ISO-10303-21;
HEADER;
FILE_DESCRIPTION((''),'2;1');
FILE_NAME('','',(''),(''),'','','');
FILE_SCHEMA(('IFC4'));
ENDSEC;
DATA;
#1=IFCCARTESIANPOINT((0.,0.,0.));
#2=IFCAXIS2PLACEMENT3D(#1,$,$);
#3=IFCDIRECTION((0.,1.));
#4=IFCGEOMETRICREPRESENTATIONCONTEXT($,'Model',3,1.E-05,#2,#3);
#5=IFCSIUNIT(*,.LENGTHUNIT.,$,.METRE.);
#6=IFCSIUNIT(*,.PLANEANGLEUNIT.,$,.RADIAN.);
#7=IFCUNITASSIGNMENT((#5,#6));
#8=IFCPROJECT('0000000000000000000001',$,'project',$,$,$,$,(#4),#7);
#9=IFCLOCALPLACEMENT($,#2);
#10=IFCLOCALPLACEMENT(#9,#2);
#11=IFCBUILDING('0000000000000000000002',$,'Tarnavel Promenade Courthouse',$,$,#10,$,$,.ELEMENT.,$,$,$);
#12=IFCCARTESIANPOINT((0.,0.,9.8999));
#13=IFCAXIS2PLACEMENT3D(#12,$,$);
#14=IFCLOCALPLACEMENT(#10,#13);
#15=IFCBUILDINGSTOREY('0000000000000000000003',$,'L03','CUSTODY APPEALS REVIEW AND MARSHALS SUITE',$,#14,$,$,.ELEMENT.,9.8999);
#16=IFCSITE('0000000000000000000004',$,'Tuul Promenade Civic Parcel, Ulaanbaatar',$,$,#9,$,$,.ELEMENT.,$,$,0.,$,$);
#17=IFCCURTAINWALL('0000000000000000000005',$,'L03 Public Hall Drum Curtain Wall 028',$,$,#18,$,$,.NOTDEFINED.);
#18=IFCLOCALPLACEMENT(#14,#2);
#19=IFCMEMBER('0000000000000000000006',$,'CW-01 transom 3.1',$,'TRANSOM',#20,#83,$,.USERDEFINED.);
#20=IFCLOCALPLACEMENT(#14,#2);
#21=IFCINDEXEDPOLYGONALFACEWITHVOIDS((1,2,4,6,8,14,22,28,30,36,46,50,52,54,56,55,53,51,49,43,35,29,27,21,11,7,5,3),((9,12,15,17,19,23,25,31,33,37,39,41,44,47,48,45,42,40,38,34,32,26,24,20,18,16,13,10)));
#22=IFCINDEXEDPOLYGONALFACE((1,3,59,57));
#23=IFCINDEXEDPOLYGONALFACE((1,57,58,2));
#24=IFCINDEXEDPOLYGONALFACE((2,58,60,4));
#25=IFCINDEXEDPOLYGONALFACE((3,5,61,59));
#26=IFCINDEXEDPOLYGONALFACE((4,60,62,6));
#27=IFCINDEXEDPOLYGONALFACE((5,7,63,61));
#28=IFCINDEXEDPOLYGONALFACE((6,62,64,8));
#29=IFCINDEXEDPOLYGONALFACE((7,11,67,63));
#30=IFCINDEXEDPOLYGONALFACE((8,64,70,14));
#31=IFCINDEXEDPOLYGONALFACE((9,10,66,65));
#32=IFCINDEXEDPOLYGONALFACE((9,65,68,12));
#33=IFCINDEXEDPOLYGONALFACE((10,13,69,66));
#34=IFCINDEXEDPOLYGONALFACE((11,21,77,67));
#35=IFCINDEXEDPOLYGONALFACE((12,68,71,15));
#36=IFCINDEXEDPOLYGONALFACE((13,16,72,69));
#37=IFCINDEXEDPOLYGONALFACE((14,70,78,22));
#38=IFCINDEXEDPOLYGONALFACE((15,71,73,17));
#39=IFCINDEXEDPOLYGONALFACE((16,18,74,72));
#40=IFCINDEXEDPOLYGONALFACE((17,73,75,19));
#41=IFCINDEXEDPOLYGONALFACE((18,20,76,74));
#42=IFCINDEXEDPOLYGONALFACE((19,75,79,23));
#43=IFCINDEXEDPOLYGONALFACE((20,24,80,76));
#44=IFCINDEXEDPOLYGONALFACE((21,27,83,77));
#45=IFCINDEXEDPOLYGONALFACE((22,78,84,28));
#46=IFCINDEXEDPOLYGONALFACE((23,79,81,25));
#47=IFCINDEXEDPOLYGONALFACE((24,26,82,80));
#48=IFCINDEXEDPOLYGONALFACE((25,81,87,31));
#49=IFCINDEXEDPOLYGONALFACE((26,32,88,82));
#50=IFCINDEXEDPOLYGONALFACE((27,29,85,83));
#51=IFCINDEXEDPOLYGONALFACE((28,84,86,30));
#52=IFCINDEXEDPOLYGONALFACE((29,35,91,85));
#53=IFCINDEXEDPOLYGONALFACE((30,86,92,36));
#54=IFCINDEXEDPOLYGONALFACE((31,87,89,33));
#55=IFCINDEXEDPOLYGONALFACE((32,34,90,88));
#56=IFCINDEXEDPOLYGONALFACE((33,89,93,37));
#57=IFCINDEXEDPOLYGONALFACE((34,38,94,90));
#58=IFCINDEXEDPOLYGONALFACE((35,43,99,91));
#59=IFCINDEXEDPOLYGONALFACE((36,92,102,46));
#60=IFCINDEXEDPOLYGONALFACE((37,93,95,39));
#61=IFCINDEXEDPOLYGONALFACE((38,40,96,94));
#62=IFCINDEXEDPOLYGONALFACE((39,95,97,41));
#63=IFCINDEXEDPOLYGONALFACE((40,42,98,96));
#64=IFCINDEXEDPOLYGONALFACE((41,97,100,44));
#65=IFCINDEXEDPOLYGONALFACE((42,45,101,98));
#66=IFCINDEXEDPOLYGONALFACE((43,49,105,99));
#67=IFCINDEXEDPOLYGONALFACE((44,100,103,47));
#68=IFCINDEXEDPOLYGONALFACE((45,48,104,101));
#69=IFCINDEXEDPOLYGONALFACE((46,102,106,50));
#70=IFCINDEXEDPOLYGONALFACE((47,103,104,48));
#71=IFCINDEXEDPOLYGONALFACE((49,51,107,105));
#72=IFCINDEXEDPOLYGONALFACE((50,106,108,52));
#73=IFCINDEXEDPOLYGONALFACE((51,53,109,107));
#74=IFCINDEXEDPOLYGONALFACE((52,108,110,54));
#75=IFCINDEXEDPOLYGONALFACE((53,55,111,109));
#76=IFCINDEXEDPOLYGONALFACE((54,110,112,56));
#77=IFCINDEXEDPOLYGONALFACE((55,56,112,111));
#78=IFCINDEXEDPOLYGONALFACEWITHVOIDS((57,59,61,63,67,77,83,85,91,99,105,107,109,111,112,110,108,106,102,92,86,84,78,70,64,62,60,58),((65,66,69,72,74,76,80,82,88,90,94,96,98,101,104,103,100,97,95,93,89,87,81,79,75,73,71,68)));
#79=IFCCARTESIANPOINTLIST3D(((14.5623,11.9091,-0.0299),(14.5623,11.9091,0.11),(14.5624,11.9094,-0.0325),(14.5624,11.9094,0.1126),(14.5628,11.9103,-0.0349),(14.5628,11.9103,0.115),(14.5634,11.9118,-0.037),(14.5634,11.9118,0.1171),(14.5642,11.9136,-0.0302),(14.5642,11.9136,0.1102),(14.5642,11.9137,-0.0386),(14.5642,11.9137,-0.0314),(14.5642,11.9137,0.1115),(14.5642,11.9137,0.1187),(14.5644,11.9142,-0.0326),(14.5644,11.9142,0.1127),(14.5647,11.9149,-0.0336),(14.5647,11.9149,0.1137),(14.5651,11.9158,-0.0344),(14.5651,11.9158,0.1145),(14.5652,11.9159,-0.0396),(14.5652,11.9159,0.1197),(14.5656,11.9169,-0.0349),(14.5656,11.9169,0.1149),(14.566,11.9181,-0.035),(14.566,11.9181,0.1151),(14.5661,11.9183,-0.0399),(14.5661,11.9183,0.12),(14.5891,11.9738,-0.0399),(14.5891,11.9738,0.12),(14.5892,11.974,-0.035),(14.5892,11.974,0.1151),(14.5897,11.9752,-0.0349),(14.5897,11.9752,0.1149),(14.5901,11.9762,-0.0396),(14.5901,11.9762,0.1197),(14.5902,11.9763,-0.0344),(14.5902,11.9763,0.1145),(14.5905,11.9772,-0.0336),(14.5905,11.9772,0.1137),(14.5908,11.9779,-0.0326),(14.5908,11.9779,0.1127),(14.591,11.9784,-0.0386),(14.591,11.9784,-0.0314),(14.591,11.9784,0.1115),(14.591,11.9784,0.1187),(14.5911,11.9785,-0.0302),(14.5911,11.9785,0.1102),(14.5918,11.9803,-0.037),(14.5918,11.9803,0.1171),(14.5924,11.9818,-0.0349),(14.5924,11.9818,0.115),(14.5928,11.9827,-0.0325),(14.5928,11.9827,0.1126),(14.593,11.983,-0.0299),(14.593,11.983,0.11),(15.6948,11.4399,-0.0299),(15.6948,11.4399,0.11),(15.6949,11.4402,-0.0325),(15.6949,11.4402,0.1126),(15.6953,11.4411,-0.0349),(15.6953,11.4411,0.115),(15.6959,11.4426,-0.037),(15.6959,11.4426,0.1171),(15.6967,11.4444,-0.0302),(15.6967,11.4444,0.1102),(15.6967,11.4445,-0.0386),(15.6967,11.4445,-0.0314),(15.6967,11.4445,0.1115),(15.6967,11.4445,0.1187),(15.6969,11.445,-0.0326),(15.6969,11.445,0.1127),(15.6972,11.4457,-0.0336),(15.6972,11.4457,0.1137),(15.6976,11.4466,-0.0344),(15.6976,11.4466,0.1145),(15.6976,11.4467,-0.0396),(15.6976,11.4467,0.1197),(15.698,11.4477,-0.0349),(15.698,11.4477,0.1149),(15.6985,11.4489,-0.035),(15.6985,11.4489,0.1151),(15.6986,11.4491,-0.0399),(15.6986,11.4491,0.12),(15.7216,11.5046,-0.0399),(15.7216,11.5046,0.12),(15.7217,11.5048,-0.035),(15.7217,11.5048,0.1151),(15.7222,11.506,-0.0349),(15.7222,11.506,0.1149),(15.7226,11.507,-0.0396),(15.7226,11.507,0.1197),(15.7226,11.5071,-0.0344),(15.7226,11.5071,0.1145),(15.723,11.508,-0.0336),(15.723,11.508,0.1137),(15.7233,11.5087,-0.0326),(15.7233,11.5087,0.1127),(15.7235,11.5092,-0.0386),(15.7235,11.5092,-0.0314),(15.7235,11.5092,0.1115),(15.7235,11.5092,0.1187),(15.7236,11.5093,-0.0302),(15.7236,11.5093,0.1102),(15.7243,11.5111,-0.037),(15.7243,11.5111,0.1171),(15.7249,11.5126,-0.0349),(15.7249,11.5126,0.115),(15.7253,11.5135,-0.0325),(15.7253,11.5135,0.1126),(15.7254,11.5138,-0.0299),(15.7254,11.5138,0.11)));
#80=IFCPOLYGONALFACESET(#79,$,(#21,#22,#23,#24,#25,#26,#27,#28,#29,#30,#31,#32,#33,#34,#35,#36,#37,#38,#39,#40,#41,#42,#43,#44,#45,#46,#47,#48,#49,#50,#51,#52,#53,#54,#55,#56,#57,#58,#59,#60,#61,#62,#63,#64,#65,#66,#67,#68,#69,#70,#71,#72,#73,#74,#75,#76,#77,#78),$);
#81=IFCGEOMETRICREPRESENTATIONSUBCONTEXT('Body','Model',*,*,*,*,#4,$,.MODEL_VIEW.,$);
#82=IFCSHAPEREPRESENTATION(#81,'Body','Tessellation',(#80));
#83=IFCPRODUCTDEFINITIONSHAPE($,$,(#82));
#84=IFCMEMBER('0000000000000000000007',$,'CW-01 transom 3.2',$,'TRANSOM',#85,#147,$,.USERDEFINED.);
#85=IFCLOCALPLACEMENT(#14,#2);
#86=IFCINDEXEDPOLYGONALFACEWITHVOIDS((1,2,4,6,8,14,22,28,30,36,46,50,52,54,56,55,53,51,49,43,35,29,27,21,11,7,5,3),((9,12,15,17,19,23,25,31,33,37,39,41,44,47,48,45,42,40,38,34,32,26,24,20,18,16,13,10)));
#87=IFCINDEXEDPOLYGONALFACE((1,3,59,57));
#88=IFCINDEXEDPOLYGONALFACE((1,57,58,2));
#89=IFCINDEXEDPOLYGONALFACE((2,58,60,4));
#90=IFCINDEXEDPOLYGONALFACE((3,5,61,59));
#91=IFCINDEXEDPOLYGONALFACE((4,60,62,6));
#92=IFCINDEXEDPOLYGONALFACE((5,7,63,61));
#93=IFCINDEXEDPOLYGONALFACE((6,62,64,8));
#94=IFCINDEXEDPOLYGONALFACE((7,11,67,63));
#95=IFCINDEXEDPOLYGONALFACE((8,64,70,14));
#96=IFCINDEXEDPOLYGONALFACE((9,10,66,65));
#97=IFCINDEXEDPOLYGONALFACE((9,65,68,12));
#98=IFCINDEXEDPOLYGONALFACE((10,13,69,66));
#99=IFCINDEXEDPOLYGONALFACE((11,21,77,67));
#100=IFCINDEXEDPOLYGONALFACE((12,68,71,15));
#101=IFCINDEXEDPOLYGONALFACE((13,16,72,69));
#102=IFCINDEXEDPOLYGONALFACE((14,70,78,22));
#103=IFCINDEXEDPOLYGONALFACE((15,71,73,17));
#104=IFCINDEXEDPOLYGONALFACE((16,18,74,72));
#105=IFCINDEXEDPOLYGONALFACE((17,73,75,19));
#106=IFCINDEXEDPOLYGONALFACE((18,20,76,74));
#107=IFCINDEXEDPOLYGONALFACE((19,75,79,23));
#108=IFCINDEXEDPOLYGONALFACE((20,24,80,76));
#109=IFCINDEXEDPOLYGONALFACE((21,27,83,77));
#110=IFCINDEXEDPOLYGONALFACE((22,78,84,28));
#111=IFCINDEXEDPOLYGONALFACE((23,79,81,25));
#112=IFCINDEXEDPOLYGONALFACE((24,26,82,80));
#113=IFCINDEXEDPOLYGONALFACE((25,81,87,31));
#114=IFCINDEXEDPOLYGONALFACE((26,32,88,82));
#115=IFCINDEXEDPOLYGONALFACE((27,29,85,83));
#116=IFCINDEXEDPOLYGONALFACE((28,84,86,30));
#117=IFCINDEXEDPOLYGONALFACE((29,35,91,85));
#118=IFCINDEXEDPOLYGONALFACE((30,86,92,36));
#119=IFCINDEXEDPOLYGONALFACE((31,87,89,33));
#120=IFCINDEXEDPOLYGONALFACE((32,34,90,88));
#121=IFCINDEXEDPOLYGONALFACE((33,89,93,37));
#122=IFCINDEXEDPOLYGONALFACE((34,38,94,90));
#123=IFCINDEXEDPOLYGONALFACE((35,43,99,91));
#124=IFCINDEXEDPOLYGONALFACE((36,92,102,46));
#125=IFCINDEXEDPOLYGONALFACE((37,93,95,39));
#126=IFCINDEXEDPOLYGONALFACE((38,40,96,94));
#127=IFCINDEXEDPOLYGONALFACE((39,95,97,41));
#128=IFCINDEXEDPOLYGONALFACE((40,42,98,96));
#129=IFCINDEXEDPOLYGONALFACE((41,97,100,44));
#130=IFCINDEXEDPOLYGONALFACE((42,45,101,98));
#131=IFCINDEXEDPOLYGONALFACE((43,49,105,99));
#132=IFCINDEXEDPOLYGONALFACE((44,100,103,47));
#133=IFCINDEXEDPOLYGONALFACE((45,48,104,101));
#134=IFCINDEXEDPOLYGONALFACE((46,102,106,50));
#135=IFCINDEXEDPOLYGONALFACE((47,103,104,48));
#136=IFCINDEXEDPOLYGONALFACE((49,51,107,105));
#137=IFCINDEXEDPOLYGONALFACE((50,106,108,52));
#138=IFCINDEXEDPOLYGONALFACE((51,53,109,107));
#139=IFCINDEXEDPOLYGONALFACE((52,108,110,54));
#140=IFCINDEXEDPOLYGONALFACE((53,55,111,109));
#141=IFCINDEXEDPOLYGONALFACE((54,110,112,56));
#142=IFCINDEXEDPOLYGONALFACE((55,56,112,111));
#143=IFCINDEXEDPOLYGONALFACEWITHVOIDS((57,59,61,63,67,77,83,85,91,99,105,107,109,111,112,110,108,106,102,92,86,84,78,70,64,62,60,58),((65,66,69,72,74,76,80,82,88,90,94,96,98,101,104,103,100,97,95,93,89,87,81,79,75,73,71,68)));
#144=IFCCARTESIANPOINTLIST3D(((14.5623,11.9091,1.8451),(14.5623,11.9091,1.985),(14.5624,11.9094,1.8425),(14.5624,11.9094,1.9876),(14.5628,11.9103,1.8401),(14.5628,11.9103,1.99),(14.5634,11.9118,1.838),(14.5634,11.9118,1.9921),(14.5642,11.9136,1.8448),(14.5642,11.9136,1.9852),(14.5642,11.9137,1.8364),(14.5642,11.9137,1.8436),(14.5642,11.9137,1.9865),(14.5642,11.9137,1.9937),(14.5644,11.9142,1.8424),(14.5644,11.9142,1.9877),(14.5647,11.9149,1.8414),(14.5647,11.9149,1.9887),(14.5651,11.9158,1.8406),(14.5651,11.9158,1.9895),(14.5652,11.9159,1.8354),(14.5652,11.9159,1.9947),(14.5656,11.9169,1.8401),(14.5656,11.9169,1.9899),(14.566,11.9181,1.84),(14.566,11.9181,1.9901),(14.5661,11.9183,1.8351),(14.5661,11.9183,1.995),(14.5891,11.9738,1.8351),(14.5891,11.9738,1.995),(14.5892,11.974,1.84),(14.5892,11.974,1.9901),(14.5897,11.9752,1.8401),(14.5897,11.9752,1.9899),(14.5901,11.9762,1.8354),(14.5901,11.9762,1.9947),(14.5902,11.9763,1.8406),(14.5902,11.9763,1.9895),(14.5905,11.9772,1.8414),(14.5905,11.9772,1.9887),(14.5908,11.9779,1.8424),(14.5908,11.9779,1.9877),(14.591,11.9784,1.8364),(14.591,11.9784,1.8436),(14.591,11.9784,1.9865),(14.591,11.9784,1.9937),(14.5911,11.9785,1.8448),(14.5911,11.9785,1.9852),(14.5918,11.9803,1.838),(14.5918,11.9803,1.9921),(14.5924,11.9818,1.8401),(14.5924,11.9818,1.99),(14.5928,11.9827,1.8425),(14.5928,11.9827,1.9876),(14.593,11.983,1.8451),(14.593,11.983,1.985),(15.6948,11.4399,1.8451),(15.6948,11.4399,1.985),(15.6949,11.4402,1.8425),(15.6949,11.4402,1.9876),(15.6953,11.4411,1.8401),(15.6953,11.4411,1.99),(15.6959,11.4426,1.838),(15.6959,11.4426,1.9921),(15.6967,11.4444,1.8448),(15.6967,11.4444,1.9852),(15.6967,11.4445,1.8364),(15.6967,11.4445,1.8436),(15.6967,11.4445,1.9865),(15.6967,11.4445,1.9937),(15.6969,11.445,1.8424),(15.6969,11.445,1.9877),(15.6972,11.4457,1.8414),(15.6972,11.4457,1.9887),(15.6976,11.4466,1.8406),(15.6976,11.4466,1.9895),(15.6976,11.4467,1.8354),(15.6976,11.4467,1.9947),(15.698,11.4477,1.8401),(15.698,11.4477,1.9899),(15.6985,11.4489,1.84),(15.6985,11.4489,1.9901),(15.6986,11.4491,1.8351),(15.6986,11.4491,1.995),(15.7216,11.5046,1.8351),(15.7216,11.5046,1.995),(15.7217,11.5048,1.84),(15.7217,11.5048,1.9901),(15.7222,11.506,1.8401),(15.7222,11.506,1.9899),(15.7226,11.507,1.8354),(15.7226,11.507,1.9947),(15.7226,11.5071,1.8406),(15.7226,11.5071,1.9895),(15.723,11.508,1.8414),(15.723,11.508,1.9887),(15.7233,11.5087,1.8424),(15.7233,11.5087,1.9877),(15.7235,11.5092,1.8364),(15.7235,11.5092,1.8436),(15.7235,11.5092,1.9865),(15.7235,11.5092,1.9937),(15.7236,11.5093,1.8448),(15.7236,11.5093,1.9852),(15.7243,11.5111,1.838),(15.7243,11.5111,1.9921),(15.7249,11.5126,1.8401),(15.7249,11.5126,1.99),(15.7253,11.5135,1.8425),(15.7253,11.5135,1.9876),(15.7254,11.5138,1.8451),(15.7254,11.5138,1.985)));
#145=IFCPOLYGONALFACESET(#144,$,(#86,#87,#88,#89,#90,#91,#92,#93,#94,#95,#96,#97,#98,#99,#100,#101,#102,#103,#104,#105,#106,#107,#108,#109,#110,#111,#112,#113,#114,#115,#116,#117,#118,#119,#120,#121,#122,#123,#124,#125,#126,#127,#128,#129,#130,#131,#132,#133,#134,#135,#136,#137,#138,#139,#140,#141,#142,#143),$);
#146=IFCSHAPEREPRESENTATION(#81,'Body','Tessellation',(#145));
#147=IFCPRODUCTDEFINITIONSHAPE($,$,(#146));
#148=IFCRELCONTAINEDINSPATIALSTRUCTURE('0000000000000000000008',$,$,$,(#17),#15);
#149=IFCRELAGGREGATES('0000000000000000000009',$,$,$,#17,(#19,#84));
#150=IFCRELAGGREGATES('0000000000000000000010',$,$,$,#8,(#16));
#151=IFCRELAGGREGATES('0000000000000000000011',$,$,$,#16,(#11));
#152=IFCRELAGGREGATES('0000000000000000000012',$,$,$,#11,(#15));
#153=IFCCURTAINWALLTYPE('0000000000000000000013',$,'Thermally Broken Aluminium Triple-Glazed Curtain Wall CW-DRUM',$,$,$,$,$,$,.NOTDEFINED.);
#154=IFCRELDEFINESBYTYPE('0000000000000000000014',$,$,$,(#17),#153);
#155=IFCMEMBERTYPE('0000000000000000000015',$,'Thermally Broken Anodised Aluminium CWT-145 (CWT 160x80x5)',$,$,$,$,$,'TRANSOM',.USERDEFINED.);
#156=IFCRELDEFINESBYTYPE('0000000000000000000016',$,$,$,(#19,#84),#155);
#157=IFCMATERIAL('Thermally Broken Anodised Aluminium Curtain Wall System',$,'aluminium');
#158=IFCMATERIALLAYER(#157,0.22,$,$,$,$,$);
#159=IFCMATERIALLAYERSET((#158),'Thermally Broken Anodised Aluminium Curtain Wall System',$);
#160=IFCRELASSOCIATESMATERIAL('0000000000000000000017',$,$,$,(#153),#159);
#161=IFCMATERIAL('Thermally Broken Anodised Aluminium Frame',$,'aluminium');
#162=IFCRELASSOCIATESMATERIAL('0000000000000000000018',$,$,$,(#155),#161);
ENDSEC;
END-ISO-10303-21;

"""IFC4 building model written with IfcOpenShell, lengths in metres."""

from ifc_helpers import new_model, si_unit, direction, frame, origin, origin_2d, place, context, subcontext, project, spatial, hollow_rectangle, extrude, material, layer, layer_set, material_profile, profile_set, type_object, element, aggregate, save


model = new_model("IFC4")

# Units and contexts
model_context = context("Model", 3, precision=1e-05, world=origin(), true_north=direction((0.0, 1.0)))
body_context = subcontext(model_context, "Body", "Model", "MODEL_VIEW")
ifc_project = project(units=[si_unit("LENGTHUNIT", "METRE"), si_unit("PLANEANGLEUNIT", "RADIAN")], contexts=[model_context])

# Site, building, storey
site_placement = place(None, origin())
site = spatial("IfcSite", under=ifc_project, at=site_placement, Name="Tuul Promenade Civic Parcel, Ulaanbaatar", CompositionType="ELEMENT", RefElevation=0.0)
building_placement = place(site_placement, origin())
building = spatial("IfcBuilding", under=site, at=building_placement, Name="Tarnavel Promenade Courthouse", CompositionType="ELEMENT")
storey_placement = place(building_placement, frame((0.0, 0.0, 9.8999)))
storey = spatial("IfcBuildingStorey", under=building, at=storey_placement, Name="L03", Description="CUSTODY APPEALS REVIEW AND MARSHALS SUITE", CompositionType="ELEMENT", Elevation=9.8999)

# Curtain wall, members
ifc_material_1 = material(Name="Thermally Broken Anodised Aluminium Curtain Wall System", Category="aluminium")
ifc_layer_1 = layer(ifc_material_1, 0.22)
ifc_layer_set_1 = layer_set([ifc_layer_1], Name="Thermally Broken Anodised Aluminium Curtain Wall System")
curtain_wall_type = type_object("IfcCurtainWallType", Name="Thermally Broken Aluminium Triple-Glazed Curtain Wall CW-DRUM", PredefinedType="NOTDEFINED", material=ifc_layer_set_1)
curtain_wall_placement = place(storey_placement, origin())
curtain_wall = element("IfcCurtainWall", 1, at=curtain_wall_placement, inside=storey, type_object=curtain_wall_type, Name="L03 Public Hall Drum Curtain Wall 028", PredefinedType="NOTDEFINED")
ifc_material_2 = material(Name="Thermally Broken Anodised Aluminium Frame", Category="aluminium")
ifc_material_profile_1 = material_profile(ifc_material_2, hollow_rectangle(XDim=0.0801, YDim=0.1599, WallThickness=0.0049, InnerFilletRadius=0.0049, OuterFilletRadius=0.01, at=origin_2d()), Name="CWT 160x80x5")
ifc_profile_set_1 = profile_set([ifc_material_profile_1], Name="Thermally Broken Anodised Aluminium Frame")
member_type_1 = type_object("IfcMemberType", Name="Thermally Broken Anodised Aluminium CWT-145 (CWT 160x80x5)", ElementType="TRANSOM", PredefinedType="USERDEFINED", material=ifc_profile_set_1)
member_1_placement = place(storey_placement, frame((14.5776, 11.946, 0.04), z_axis=(0.923847, -0.382762, 0.0), x_axis=(0.382762, 0.923847, 0.0)))
member_1 = element("IfcMember", 2, at=member_1_placement, type_object=member_type_1, Name="CW-01 transom 3.1", ObjectType="TRANSOM", PredefinedType="USERDEFINED", context=body_context, shape_type="SweptSolid", body=[
    extrude(hollow_rectangle(XDim=0.0801, YDim=0.1599, WallThickness=0.0049, InnerFilletRadius=0.0049, OuterFilletRadius=0.01, at=origin_2d()), origin(), (0.0, 0.0, 1.0), 1.2258),
])
member_2_placement = place(storey_placement, frame((14.5776, 11.946, 1.915), z_axis=(0.923847, -0.382762, 0.0), x_axis=(0.382762, 0.923847, 0.0)))
member_2 = element("IfcMember", 3, at=member_2_placement, type_object=member_type_1, Name="CW-01 transom 3.2", ObjectType="TRANSOM", PredefinedType="USERDEFINED", context=body_context, shape_type="SweptSolid", body=[
    extrude(hollow_rectangle(XDim=0.0801, YDim=0.1599, WallThickness=0.0049, InnerFilletRadius=0.0049, OuterFilletRadius=0.01, at=origin_2d()), origin(), (0.0, 0.0, 1.0), 1.2258),
])

aggregate(curtain_wall, [member_1, member_2])

save(model, "model.ifc")
